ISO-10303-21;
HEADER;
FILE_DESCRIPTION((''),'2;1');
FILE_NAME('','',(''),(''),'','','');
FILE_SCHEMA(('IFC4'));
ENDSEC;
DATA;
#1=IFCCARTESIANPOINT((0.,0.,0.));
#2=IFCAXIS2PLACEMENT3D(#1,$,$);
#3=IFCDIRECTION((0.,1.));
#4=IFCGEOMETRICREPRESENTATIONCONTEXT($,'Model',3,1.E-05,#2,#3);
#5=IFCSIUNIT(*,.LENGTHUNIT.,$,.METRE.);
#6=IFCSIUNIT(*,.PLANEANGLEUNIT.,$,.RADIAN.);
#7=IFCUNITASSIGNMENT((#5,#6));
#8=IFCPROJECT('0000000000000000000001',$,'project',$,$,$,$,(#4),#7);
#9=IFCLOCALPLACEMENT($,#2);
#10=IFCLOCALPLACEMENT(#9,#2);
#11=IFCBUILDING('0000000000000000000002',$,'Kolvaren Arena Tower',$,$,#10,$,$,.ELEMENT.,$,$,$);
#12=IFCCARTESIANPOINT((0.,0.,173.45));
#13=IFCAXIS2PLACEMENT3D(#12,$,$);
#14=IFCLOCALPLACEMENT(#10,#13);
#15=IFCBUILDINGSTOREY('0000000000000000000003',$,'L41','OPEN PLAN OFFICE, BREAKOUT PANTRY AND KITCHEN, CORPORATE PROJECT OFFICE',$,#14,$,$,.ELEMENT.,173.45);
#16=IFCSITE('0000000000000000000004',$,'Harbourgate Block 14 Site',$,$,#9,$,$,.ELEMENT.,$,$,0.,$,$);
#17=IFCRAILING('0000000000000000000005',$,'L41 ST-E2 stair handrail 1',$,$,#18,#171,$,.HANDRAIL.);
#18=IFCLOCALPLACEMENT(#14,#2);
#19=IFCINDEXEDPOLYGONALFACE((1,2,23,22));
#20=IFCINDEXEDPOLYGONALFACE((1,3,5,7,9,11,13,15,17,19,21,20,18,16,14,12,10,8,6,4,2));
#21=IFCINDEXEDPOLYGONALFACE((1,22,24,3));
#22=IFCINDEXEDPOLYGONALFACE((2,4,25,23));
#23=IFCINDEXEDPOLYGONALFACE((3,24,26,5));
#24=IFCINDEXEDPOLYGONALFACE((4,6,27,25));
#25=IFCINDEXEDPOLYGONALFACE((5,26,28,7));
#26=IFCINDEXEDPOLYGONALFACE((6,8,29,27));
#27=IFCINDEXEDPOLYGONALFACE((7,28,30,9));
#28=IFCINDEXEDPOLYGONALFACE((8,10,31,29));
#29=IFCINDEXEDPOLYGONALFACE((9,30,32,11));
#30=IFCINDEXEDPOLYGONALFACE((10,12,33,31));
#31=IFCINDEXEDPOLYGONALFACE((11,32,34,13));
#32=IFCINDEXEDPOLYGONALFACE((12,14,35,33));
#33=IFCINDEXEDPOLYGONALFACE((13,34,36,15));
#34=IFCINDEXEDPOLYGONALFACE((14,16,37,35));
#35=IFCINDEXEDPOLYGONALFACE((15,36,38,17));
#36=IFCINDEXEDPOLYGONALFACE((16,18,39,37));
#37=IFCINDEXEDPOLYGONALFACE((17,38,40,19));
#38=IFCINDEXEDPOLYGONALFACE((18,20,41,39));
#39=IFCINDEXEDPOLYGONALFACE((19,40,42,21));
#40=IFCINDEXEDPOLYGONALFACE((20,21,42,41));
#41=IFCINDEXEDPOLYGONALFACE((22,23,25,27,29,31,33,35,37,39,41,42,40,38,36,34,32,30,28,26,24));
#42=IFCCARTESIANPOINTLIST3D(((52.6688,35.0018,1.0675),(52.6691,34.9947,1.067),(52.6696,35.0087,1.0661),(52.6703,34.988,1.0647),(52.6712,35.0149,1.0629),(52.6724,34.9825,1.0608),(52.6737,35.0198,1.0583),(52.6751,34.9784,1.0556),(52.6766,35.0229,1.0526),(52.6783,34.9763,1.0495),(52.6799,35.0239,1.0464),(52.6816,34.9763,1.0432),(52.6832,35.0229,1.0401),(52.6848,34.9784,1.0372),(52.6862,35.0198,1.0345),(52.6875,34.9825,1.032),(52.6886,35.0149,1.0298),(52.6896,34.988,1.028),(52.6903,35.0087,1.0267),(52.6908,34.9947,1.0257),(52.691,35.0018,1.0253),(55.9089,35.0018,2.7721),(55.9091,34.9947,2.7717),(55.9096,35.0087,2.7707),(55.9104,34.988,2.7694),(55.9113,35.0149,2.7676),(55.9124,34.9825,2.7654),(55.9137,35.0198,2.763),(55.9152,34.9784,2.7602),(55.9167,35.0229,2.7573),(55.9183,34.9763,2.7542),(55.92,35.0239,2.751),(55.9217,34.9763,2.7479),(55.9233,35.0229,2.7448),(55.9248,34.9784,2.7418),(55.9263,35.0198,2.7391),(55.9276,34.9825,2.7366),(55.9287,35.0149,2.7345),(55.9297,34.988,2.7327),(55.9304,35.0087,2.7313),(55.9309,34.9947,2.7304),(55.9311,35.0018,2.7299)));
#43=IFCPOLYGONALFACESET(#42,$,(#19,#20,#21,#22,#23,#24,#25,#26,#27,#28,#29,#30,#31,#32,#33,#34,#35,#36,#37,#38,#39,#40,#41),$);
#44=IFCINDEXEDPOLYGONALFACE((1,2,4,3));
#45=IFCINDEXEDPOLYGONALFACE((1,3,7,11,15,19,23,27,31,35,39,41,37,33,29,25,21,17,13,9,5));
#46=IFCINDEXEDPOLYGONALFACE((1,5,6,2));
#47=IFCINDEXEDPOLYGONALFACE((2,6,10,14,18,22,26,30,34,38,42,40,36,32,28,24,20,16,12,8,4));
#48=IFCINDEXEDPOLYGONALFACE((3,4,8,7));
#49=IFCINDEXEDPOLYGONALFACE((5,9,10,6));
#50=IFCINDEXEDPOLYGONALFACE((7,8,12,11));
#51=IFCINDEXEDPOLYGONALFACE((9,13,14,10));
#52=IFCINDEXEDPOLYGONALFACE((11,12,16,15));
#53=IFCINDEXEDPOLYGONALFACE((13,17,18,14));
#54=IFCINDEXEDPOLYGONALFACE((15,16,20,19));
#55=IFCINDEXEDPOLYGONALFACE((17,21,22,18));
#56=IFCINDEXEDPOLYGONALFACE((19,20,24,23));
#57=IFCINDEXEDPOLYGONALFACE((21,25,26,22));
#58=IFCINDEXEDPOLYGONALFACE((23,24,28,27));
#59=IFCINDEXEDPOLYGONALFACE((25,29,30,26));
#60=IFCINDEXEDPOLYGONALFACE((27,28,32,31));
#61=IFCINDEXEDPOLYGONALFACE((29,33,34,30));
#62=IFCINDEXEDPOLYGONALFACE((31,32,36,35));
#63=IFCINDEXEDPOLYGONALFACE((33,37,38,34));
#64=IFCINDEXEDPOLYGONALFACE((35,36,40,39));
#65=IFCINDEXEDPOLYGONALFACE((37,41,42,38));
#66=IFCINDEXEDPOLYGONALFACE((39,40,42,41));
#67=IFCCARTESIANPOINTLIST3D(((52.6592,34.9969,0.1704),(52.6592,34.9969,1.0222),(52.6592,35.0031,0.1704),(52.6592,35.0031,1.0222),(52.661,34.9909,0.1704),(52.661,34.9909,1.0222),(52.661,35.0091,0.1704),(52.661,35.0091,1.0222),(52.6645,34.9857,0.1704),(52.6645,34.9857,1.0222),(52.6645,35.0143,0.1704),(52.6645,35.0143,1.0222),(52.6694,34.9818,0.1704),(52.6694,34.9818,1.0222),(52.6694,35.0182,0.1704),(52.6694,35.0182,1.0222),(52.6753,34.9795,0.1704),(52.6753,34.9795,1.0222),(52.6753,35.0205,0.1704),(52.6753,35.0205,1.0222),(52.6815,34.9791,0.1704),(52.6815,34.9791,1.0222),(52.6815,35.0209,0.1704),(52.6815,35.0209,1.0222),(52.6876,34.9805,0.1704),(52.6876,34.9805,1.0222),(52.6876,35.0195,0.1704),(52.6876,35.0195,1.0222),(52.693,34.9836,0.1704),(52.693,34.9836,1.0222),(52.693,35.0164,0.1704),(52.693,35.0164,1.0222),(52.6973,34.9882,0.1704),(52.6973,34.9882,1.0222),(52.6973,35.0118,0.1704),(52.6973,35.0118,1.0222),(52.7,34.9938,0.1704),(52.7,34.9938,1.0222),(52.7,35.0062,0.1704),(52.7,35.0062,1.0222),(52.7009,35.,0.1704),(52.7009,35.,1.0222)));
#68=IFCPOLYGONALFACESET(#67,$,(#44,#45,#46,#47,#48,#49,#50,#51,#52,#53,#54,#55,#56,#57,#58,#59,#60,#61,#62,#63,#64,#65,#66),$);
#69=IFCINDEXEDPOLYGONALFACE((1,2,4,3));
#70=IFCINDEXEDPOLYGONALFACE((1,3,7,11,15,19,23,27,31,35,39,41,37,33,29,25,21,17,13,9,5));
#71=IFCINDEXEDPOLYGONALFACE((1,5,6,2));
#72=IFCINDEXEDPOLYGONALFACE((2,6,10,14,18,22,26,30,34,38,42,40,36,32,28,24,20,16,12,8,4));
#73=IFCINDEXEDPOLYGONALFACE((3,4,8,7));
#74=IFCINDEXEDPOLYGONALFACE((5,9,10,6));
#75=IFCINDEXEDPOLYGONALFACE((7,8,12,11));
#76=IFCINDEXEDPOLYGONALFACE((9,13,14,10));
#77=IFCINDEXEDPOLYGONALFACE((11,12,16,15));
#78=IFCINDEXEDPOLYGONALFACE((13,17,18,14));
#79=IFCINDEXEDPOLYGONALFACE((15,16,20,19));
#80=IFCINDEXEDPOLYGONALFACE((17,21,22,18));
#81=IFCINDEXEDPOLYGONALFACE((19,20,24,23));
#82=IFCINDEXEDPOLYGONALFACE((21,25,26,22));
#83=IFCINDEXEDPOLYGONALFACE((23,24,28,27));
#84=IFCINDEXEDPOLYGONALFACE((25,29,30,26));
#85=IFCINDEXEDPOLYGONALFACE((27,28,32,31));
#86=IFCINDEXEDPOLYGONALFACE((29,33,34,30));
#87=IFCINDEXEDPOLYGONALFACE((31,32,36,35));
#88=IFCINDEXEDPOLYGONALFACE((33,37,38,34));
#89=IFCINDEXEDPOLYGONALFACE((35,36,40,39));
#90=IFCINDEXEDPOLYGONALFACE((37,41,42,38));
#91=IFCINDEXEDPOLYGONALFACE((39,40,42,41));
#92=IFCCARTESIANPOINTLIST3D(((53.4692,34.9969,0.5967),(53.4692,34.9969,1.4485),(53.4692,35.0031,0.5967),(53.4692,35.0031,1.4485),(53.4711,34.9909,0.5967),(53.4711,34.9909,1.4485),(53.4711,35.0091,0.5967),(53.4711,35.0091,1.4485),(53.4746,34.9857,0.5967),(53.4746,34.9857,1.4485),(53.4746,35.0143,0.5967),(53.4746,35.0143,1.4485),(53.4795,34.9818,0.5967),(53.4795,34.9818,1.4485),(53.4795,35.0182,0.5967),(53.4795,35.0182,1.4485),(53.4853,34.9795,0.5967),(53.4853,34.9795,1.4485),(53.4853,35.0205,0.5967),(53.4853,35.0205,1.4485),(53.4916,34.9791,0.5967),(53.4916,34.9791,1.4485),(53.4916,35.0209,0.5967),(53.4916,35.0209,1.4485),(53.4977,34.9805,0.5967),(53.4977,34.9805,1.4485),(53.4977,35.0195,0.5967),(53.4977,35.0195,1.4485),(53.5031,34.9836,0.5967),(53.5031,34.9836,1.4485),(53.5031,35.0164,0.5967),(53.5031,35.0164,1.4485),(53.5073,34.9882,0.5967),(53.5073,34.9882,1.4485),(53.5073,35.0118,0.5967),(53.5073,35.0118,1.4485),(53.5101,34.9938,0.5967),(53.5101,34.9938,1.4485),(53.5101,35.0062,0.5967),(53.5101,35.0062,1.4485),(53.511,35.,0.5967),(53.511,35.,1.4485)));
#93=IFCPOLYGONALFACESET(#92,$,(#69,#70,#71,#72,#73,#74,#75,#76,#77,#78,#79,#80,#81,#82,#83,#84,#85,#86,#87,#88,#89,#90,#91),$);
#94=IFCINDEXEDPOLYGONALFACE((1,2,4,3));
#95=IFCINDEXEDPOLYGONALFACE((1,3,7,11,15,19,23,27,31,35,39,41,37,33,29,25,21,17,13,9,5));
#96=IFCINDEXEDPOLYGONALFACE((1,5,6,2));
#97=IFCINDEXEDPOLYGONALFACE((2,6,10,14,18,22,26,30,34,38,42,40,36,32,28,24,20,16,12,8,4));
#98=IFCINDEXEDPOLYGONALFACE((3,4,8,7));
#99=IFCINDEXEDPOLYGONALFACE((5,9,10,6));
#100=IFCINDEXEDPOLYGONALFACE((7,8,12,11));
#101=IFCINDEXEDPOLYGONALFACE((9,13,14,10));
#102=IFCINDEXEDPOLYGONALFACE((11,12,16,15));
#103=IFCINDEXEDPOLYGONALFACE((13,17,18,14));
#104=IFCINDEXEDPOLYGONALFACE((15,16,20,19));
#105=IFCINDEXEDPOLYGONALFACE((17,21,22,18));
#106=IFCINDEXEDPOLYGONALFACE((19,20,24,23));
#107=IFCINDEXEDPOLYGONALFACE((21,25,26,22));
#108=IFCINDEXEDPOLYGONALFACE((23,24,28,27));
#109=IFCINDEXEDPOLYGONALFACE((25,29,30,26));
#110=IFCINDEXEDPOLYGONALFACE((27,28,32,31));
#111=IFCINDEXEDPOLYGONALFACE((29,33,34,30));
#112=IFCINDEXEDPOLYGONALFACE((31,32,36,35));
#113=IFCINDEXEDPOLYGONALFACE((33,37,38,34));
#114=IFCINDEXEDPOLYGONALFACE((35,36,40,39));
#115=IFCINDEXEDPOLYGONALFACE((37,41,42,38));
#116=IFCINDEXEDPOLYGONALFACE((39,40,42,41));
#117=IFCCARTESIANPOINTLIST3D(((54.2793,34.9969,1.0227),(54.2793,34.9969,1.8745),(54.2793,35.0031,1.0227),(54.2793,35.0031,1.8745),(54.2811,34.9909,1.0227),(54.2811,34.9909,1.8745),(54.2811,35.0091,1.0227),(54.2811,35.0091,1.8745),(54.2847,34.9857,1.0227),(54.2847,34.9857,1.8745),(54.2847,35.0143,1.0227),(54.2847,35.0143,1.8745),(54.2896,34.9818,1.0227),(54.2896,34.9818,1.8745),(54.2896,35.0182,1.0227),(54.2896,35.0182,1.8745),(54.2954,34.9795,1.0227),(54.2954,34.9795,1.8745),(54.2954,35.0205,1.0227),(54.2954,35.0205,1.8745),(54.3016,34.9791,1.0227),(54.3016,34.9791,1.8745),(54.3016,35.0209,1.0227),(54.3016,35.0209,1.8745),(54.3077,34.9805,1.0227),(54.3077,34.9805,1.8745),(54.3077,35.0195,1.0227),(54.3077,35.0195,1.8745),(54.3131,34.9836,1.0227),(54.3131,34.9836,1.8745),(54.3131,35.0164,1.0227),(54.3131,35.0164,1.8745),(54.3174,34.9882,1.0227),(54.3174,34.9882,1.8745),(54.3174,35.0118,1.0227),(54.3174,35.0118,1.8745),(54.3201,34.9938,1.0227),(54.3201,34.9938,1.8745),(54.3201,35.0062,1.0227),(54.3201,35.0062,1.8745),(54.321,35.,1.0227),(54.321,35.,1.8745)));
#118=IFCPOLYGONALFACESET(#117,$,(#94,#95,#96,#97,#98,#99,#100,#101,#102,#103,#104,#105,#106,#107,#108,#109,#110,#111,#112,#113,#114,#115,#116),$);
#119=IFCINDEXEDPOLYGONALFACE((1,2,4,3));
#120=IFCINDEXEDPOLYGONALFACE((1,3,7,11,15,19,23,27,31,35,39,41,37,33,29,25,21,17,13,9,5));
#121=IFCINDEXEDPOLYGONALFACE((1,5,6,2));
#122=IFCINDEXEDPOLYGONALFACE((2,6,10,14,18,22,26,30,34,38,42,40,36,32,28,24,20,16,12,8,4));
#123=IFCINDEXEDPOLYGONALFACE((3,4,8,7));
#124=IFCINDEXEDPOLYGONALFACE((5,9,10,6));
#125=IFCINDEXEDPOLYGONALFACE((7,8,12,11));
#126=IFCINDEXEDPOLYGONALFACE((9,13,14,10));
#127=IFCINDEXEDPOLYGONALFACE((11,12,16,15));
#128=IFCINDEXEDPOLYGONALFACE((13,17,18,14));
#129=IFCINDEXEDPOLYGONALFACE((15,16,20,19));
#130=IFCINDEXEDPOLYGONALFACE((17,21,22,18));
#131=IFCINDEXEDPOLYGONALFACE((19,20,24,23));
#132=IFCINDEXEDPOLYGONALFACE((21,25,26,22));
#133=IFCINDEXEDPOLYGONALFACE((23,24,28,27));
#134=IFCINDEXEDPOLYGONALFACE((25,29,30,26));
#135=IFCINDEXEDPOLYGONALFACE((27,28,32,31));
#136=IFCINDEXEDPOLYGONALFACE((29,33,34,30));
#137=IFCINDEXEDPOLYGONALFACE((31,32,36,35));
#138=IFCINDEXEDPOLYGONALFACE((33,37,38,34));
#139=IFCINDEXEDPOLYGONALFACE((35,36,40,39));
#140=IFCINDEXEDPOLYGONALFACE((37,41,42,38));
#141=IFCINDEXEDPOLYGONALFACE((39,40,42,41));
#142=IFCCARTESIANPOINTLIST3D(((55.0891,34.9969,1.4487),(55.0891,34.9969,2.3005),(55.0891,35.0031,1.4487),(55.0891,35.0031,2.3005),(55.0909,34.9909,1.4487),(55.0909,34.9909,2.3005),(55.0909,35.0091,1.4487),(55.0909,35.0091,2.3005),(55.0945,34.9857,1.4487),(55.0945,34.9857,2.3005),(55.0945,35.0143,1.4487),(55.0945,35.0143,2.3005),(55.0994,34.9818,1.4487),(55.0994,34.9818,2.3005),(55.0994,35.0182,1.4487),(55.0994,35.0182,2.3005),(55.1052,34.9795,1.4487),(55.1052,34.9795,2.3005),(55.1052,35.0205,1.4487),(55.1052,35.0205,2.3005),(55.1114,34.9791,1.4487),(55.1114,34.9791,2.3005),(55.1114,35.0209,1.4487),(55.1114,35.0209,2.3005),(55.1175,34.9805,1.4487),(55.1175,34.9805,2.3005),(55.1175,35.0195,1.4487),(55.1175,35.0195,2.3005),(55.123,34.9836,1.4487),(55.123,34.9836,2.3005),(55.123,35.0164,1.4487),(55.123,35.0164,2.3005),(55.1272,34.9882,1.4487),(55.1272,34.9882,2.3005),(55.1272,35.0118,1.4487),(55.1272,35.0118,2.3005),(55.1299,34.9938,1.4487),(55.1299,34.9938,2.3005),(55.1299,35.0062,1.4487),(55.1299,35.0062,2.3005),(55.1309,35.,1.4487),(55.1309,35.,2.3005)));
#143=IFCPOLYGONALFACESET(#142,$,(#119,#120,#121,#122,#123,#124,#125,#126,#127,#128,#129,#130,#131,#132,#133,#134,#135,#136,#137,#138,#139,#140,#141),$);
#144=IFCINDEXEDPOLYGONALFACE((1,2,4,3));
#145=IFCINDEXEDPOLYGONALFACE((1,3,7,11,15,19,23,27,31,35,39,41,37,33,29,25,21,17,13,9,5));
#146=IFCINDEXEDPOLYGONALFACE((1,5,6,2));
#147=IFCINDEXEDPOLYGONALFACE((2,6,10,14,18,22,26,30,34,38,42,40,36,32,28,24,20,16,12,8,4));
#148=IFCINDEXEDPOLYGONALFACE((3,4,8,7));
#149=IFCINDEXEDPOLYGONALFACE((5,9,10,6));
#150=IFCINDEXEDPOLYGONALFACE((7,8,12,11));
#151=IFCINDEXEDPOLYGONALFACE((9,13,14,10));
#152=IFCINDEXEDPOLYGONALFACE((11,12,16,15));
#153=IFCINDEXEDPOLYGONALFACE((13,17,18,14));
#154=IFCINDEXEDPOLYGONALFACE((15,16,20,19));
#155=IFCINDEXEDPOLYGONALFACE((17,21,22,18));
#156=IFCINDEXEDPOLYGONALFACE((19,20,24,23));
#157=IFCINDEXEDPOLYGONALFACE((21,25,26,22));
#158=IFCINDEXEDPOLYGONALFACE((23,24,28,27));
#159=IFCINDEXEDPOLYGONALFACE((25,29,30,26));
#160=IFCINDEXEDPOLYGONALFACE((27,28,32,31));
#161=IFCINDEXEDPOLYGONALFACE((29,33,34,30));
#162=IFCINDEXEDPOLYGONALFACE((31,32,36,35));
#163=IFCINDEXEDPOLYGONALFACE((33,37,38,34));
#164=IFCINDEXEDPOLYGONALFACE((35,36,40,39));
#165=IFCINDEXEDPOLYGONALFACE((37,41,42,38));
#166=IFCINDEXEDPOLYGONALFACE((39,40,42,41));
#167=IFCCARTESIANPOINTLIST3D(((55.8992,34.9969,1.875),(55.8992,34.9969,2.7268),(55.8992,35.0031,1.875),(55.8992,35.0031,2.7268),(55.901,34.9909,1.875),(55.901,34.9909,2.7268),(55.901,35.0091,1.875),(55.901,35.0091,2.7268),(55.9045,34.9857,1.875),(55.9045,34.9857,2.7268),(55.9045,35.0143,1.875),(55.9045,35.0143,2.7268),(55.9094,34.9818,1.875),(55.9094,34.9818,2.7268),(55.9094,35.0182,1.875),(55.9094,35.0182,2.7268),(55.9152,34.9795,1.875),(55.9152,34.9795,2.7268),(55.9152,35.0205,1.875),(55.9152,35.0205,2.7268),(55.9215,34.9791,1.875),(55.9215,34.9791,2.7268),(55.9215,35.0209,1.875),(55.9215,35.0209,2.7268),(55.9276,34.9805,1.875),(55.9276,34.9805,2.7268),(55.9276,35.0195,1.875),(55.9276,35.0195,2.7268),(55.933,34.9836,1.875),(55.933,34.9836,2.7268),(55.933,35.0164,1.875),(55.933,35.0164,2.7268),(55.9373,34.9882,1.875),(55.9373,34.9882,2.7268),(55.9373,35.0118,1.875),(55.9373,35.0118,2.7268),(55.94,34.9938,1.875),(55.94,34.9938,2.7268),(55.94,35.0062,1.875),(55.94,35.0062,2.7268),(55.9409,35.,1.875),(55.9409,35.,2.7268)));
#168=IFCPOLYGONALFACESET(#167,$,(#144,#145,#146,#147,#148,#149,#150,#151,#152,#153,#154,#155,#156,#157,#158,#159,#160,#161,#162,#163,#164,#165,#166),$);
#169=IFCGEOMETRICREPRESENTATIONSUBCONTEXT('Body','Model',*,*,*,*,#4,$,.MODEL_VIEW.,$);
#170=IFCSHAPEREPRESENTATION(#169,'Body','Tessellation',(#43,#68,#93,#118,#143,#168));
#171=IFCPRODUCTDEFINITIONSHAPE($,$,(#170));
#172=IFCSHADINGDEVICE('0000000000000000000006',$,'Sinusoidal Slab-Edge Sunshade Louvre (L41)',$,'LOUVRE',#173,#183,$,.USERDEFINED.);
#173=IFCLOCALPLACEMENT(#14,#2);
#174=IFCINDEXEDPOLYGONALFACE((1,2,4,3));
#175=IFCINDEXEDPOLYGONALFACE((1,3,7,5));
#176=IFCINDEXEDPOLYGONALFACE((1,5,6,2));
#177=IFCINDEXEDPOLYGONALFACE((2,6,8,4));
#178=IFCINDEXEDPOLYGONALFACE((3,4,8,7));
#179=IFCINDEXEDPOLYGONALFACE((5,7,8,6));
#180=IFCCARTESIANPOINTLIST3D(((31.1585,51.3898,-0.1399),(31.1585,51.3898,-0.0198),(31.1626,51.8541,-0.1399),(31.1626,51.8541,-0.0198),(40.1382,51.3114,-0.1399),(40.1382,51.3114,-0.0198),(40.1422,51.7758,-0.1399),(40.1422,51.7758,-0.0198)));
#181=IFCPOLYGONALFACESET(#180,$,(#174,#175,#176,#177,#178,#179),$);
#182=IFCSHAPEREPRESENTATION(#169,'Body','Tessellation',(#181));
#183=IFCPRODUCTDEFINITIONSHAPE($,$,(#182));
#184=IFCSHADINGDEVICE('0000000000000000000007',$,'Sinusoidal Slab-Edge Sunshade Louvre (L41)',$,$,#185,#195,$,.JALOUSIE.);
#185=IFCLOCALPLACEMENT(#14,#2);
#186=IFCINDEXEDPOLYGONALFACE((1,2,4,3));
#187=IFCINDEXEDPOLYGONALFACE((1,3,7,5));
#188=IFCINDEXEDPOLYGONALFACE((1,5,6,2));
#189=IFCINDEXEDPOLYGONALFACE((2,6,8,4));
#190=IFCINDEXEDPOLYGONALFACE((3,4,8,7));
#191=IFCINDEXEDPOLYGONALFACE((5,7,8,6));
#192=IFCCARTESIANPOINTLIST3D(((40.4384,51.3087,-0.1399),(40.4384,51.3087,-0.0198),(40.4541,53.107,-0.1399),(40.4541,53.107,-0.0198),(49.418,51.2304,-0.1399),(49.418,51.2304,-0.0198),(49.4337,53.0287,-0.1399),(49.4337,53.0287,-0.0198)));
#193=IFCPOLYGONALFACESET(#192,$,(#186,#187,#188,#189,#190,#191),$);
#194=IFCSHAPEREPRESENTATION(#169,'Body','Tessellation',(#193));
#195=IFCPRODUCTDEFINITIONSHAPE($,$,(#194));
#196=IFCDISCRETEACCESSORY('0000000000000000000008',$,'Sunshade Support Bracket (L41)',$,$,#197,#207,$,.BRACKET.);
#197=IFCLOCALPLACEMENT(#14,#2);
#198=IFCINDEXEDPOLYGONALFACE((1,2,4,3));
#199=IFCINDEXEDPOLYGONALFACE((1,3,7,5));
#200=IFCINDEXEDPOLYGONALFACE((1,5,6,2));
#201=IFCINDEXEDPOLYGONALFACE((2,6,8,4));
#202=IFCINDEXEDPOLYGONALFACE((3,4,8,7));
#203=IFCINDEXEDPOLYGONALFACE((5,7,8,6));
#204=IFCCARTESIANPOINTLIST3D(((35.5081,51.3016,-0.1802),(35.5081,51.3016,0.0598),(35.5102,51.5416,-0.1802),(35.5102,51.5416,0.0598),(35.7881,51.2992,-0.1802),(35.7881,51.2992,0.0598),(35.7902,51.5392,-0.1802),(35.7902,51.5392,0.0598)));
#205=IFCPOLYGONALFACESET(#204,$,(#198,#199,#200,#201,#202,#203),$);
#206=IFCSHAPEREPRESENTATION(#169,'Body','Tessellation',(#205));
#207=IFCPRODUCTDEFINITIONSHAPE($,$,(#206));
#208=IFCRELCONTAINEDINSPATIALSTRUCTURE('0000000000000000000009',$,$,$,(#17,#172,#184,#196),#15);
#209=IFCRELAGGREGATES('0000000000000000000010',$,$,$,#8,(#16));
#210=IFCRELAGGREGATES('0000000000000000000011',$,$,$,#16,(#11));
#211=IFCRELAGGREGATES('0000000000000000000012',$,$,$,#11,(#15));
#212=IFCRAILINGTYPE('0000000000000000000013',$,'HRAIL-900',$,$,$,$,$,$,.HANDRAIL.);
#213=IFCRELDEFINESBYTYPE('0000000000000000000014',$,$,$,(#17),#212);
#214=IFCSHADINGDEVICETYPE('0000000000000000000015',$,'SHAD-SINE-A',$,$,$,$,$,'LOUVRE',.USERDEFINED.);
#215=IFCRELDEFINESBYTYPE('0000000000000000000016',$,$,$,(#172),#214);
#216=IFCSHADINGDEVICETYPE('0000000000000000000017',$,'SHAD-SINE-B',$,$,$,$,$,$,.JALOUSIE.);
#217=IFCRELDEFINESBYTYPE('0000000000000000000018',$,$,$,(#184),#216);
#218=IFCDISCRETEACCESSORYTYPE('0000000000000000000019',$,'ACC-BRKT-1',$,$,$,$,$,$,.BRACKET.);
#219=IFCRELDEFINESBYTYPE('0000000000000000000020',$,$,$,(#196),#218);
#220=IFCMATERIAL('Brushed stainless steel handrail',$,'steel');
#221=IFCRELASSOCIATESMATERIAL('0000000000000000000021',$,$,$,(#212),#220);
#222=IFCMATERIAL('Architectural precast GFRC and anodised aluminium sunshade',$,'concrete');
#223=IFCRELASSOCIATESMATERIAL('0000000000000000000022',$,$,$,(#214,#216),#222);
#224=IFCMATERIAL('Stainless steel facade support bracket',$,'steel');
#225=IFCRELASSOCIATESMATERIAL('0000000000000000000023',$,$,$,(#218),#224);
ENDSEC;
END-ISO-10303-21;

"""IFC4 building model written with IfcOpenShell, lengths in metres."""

from ifc_helpers import new_model, si_unit, direction, frame, origin, origin_2d, place, context, subcontext, project, spatial, rectangle, circle, extrude, material, type_object, element, save


model = new_model("IFC4")

# Units and contexts
model_context = context("Model", 3, precision=1e-05, world=origin(), true_north=direction((0.0, 1.0)))
body_context = subcontext(model_context, "Body", "Model", "MODEL_VIEW")
ifc_project = project(units=[si_unit("LENGTHUNIT", "METRE"), si_unit("PLANEANGLEUNIT", "RADIAN")], contexts=[model_context])

# Site, building, storey
site_placement = place(None, origin())
site = spatial("IfcSite", under=ifc_project, at=site_placement, Name="Harbourgate Block 14 Site", CompositionType="ELEMENT", RefElevation=0.0)
building_placement = place(site_placement, origin())
building = spatial("IfcBuilding", under=site, at=building_placement, Name="Kolvaren Arena Tower", CompositionType="ELEMENT")
storey_placement = place(building_placement, frame((0.0, 0.0, 173.45)))
storey = spatial("IfcBuildingStorey", under=building, at=storey_placement, Name="L41", Description="OPEN PLAN OFFICE, BREAKOUT PANTRY AND KITCHEN, CORPORATE PROJECT OFFICE", CompositionType="ELEMENT", Elevation=173.45)

# Railing
ifc_material_1 = material(Name="Brushed stainless steel handrail", Category="steel")
railing_type_1 = type_object("IfcRailingType", Name="HRAIL-900", PredefinedType="HANDRAIL", material=ifc_material_1)
railing_1_placement = place(storey_placement, frame((52.6799, 35.0, 0.1704)))
element("IfcRailing", 1, at=railing_1_placement, inside=storey, type_object=railing_type_1, Name="L41 ST-E2 stair handrail 1", PredefinedType="HANDRAIL", context=body_context, shape_type="SweptSolid", body=[
    extrude(circle(Radius=0.0239, at=origin_2d()), frame((0.0, 0.0, 0.876), z_axis=(0.884993, 0.0, 0.465604), x_axis=(0.0, 1.0, 0.0)), (0.0, 0.0, 1.0), 3.6611),
    extrude(circle(Radius=0.021, at=origin_2d()), origin(), (0.0, 0.0, 1.0), 0.8518),
    extrude(circle(Radius=0.021, at=origin_2d()), frame((0.8101, 0.0, 0.4263)), (0.0, 0.0, 1.0), 0.8518),
    extrude(circle(Radius=0.021, at=origin_2d()), frame((1.6201, 0.0, 0.8523)), (0.0, 0.0, 1.0), 0.8518),
    extrude(circle(Radius=0.021, at=origin_2d()), frame((2.4299, 0.0, 1.2783)), (0.0, 0.0, 1.0), 0.8518),
    extrude(circle(Radius=0.021, at=origin_2d()), frame((3.24, 0.0, 1.7046)), (0.0, 0.0, 1.0), 0.8518),
])

# Shading devices
ifc_material_2 = material(Name="Architectural precast GFRC and anodised aluminium sunshade", Category="concrete")
shading_device_type_1 = type_object("IfcShadingDeviceType", Name="SHAD-SINE-A", ElementType="LOUVRE", PredefinedType="USERDEFINED", material=ifc_material_2)
shading_device_1_placement = place(storey_placement, frame((35.6504, 51.5828, -0.1399), z_axis=(0.0, 0.0, 1.0), x_axis=(0.999962, -0.008727, 0.0)))
element("IfcShadingDevice", 2, at=shading_device_1_placement, inside=storey, type_object=shading_device_type_1, Name="Sinusoidal Slab-Edge Sunshade Louvre (L41)", ObjectType="LOUVRE", PredefinedType="USERDEFINED", context=body_context, shape_type="SweptSolid", body=[
    extrude(rectangle(XDim=8.98, YDim=0.4644, at=origin_2d()), origin(), (0.0, 0.0, 1.0), 0.1201),
])
shading_device_type_2 = type_object("IfcShadingDeviceType", Name="SHAD-SINE-B", PredefinedType="JALOUSIE", material=ifc_material_2)
shading_device_2_placement = place(storey_placement, frame((44.936, 52.1687, -0.1399), z_axis=(0.0, 0.0, 1.0), x_axis=(0.999962, -0.008727, 0.0)))
element("IfcShadingDevice", 3, at=shading_device_2_placement, inside=storey, type_object=shading_device_type_2, Name="Sinusoidal Slab-Edge Sunshade Louvre (L41)", PredefinedType="JALOUSIE", context=body_context, shape_type="SweptSolid", body=[
    extrude(rectangle(XDim=8.98, YDim=1.7983, at=origin_2d()), origin(), (0.0, 0.0, 1.0), 0.1201),
])

# Discrete accessory
ifc_material_3 = material(Name="Stainless steel facade support bracket", Category="steel")
discrete_accessory_type = type_object("IfcDiscreteAccessoryType", Name="ACC-BRKT-1", PredefinedType="BRACKET", material=ifc_material_3)
for number, where, z_axis, x_axis, name in (
    (4, (35.6492, 51.4204, -0.1802), (0.0, 0.0, 1.0), (0.999962, -0.008727, 0.0), "Sunshade Support Bracket (L41)"),
):
    element("IfcDiscreteAccessory", number, at=place(storey_placement, frame(where, z_axis=z_axis, x_axis=x_axis)), inside=storey, type_object=discrete_accessory_type, Name=name, PredefinedType="BRACKET", context=body_context, shape_type="SweptSolid", body=[
        extrude(rectangle(XDim=0.28, YDim=0.24, at=origin_2d()), origin(), (0.0, 0.0, 1.0), 0.24),
    ])

save(model, "model.ifc")
